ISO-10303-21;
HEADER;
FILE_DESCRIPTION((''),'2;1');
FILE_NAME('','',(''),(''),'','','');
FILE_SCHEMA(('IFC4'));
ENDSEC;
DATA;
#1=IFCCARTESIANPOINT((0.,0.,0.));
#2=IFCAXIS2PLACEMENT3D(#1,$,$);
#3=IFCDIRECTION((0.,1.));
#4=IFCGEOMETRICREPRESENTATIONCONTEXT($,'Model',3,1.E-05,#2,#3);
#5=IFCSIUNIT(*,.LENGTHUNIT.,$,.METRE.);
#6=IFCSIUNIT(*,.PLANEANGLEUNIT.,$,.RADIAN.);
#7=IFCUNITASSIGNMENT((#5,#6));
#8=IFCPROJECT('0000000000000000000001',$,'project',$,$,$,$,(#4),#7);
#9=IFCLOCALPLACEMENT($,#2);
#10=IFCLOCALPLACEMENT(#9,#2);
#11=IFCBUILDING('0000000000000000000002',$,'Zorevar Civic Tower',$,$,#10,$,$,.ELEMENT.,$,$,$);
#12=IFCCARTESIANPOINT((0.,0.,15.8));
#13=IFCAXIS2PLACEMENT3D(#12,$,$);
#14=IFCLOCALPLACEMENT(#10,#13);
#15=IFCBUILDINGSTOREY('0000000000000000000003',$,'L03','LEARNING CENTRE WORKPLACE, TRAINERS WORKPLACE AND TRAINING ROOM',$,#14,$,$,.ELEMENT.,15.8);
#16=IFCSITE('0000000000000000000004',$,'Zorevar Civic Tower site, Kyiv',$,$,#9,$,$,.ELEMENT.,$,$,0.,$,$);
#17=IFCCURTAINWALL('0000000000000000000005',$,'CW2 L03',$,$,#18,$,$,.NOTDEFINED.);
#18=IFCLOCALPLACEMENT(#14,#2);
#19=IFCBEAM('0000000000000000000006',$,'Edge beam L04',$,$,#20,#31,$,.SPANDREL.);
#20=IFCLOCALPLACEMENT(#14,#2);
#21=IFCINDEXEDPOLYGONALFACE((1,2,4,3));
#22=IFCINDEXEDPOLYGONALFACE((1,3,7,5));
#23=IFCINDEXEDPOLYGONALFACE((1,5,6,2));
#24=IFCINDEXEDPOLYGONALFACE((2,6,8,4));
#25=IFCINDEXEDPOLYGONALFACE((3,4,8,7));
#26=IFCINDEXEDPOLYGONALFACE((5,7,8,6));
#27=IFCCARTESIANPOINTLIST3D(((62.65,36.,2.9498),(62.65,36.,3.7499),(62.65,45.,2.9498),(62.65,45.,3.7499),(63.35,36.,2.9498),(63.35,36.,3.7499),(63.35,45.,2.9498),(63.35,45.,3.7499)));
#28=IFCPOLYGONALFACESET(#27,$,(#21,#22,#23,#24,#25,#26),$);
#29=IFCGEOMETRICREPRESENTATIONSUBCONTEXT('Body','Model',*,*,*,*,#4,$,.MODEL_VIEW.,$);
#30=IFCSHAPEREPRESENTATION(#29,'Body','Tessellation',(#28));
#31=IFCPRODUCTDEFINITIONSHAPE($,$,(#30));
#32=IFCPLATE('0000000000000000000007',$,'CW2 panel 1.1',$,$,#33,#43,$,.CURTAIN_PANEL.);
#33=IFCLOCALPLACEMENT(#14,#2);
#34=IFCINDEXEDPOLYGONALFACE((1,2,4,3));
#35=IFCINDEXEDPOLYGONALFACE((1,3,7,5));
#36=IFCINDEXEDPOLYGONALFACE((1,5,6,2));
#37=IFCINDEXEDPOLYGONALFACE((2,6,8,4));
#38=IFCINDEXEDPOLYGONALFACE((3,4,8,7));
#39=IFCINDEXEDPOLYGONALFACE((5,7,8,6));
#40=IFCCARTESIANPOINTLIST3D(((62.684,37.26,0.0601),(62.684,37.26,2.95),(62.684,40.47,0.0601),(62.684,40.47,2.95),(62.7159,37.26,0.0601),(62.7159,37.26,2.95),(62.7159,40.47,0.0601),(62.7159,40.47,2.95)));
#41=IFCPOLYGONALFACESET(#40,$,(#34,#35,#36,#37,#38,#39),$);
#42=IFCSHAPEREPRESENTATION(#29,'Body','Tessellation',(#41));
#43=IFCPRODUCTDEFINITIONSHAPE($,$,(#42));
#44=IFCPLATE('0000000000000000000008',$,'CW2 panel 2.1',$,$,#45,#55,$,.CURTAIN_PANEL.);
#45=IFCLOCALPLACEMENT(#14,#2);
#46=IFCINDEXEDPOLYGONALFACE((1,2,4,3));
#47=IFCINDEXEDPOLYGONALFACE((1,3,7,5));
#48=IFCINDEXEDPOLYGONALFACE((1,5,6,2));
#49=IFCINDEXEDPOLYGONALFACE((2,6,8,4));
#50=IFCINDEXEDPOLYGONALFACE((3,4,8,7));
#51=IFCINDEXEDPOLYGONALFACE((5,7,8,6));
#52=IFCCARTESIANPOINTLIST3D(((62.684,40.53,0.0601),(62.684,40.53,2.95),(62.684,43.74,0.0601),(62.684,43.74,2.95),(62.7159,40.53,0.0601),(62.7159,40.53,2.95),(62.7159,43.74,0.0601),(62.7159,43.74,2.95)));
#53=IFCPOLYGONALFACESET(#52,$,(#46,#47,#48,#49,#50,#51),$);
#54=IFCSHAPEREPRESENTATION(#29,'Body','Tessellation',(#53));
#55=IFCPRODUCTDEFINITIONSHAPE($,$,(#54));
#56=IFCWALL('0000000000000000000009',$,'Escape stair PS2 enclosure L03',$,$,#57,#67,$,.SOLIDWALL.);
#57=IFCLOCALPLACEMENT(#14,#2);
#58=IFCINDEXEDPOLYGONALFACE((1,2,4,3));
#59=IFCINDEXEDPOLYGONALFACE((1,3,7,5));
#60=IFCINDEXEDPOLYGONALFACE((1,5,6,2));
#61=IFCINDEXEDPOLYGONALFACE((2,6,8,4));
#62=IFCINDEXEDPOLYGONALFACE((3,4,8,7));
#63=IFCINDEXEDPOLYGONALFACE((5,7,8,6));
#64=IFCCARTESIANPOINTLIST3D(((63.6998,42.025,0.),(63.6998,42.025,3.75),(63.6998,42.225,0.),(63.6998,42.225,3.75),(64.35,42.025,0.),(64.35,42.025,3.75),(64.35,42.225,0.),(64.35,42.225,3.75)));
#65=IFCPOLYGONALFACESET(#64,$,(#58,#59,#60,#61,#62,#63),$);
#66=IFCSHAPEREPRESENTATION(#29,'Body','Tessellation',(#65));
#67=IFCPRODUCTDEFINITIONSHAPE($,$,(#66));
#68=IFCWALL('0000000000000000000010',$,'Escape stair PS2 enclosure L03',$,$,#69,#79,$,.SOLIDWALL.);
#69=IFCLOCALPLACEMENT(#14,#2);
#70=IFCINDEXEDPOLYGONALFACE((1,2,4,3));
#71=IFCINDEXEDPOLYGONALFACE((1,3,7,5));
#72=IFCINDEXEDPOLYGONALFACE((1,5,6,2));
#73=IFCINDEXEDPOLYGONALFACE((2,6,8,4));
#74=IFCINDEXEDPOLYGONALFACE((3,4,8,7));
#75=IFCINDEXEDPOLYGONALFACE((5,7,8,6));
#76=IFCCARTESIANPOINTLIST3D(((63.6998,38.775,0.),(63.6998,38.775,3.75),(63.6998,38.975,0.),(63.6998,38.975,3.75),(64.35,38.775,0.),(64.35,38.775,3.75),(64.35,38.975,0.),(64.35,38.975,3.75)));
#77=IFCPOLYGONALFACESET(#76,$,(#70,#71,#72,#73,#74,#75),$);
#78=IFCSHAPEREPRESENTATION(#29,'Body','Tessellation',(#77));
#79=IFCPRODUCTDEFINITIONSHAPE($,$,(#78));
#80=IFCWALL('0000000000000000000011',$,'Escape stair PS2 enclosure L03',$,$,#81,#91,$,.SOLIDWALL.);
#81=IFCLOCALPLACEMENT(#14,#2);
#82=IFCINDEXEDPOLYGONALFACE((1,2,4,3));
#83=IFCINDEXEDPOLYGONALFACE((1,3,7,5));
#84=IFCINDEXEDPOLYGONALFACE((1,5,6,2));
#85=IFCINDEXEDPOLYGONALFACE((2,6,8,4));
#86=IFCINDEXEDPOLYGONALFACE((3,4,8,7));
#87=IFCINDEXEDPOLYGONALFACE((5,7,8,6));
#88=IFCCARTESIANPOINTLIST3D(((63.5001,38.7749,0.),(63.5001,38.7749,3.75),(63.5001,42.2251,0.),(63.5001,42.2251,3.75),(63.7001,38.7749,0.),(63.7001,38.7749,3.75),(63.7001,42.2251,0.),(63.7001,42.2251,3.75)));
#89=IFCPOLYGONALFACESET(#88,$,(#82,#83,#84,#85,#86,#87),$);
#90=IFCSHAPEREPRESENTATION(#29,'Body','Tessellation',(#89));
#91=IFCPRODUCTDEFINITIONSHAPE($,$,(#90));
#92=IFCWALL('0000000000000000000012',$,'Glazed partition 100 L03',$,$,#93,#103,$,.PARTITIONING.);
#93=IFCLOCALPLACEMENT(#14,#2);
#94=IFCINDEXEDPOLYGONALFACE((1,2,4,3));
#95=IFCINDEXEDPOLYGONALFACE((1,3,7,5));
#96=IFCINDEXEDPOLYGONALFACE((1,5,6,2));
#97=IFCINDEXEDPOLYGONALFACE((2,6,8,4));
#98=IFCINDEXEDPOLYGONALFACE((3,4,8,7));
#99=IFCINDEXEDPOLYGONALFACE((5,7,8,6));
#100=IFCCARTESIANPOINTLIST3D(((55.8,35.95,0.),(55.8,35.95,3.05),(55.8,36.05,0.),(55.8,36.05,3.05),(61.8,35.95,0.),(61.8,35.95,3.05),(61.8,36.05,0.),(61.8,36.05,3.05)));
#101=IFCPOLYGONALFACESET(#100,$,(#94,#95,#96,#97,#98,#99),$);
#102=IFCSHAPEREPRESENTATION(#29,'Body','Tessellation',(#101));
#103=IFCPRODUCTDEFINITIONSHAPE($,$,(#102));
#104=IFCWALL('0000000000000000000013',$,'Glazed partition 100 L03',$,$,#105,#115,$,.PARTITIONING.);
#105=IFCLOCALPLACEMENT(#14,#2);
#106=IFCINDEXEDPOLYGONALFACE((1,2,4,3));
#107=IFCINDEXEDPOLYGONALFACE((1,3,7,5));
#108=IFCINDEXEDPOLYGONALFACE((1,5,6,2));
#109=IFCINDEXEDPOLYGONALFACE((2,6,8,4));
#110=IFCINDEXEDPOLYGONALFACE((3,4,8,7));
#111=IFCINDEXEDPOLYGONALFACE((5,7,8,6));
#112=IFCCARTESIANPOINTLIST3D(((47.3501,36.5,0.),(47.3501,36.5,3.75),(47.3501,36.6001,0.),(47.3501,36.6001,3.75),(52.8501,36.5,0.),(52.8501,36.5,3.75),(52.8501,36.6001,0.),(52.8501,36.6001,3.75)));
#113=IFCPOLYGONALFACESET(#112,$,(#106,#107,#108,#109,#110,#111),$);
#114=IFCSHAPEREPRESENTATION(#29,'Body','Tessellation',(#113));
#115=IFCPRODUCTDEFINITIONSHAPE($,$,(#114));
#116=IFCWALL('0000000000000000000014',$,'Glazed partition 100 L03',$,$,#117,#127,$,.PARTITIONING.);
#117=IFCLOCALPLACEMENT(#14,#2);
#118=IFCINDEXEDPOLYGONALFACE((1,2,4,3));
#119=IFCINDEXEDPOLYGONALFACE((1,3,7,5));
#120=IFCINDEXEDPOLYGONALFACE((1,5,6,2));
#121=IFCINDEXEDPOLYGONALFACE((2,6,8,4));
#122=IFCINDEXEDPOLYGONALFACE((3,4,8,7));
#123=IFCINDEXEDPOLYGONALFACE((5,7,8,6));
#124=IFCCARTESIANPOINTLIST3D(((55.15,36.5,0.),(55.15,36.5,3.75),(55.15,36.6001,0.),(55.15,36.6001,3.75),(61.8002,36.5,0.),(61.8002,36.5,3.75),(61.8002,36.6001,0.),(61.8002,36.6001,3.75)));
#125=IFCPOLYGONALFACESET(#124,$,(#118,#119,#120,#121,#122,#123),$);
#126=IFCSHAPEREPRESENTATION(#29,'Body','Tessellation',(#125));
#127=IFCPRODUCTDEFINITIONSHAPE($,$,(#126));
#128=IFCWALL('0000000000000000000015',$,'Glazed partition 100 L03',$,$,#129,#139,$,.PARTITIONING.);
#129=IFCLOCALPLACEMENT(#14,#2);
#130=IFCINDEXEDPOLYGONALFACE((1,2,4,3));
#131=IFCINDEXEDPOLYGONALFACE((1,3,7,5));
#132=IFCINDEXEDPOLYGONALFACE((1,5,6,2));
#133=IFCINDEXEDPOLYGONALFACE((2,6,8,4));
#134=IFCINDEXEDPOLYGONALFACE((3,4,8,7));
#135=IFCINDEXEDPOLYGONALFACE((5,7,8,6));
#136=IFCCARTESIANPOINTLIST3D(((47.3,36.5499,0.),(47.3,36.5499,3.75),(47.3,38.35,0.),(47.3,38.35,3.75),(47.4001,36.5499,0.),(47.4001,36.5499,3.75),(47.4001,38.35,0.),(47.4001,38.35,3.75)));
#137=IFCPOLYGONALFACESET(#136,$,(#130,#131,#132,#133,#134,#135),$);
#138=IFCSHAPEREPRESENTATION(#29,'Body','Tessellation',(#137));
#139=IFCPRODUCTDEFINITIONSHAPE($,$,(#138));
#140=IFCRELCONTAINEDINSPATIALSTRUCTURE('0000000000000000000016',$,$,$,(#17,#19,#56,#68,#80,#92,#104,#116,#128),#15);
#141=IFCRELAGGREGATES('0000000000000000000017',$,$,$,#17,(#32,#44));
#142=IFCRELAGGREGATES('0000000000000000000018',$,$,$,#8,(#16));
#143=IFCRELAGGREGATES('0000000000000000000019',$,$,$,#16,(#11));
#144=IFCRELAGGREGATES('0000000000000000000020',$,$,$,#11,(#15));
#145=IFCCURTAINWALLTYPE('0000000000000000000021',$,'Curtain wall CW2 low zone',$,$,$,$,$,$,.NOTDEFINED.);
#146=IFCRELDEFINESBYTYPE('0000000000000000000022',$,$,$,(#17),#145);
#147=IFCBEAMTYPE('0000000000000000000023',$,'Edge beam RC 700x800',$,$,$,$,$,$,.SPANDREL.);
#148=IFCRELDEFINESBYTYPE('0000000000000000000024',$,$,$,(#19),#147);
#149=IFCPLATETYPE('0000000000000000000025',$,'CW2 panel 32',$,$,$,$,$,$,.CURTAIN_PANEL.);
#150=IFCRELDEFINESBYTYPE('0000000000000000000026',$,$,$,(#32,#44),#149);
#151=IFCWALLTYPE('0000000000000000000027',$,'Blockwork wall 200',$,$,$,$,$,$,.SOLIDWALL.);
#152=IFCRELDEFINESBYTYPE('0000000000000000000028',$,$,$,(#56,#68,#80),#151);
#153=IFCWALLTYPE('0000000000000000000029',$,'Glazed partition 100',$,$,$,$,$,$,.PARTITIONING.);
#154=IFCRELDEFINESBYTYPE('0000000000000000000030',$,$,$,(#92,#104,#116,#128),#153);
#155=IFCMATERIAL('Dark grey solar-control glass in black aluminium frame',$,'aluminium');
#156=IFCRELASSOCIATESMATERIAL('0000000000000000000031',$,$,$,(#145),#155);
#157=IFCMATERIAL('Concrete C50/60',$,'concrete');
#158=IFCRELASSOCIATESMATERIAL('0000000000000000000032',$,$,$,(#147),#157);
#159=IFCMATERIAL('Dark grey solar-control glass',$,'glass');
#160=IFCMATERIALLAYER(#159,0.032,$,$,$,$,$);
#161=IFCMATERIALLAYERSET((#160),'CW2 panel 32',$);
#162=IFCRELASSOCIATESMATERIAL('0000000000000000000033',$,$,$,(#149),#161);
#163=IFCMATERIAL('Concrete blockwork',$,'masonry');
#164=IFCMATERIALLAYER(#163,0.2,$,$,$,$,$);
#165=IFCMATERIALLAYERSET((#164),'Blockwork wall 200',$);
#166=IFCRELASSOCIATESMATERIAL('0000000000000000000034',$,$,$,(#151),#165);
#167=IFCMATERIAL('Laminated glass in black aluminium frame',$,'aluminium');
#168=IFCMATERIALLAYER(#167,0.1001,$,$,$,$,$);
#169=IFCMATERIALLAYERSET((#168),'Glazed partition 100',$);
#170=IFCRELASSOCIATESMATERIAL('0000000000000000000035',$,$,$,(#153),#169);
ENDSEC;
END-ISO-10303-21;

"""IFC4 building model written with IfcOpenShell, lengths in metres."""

from ifc_helpers import new_model, si_unit, direction, frame, frame_2d, origin, origin_2d, place, context, subcontext, project, spatial, rectangle, extrude, material, layer, layer_set, material_profile, profile_set, type_object, element, aggregate, save


model = new_model("IFC4")

# Units and contexts
model_context = context("Model", 3, precision=1e-05, world=origin(), true_north=direction((0.0, 1.0)))
body_context = subcontext(model_context, "Body", "Model", "MODEL_VIEW")
ifc_project = project(units=[si_unit("LENGTHUNIT", "METRE"), si_unit("PLANEANGLEUNIT", "RADIAN")], contexts=[model_context])

# Site, building, storey
site_placement = place(None, origin())
site = spatial("IfcSite", under=ifc_project, at=site_placement, Name="Zorevar Civic Tower site, Kyiv", CompositionType="ELEMENT", RefElevation=0.0)
building_placement = place(site_placement, origin())
building = spatial("IfcBuilding", under=site, at=building_placement, Name="Zorevar Civic Tower", CompositionType="ELEMENT")
storey_placement = place(building_placement, frame((0.0, 0.0, 15.8)))
storey = spatial("IfcBuildingStorey", under=building, at=storey_placement, Name="L03", Description="LEARNING CENTRE WORKPLACE, TRAINERS WORKPLACE AND TRAINING ROOM", CompositionType="ELEMENT", Elevation=15.8)

# Curtain wall
ifc_material_1 = material(Name="Dark grey solar-control glass in black aluminium frame", Category="aluminium")
curtain_wall_type = type_object("IfcCurtainWallType", Name="Curtain wall CW2 low zone", PredefinedType="NOTDEFINED", material=ifc_material_1)
curtain_wall_placement = place(storey_placement, origin())
curtain_wall = element("IfcCurtainWall", 1, at=curtain_wall_placement, inside=storey, type_object=curtain_wall_type, Name="CW2 L03", PredefinedType="NOTDEFINED")

# Beam
ifc_material_2 = material(Name="Concrete C50/60", Category="concrete")
ifc_material_profile_1 = material_profile(ifc_material_2, rectangle(XDim=0.7, YDim=0.8, at=origin_2d()), Name="RC 700x800")
ifc_profile_set_1 = profile_set([ifc_material_profile_1], Name="Concrete C50/60")
beam_type_1 = type_object("IfcBeamType", Name="Edge beam RC 700x800", PredefinedType="SPANDREL", material=ifc_profile_set_1)
for number, where, z_axis, x_axis, name in (
    (2, (63.0, 36.0, 3.3499), (0.0, 1.0, 0.0), (-1.0, 0.0, 0.0), "Edge beam L04"),
):
    element("IfcBeam", number, at=place(storey_placement, frame(where, z_axis=z_axis, x_axis=x_axis)), inside=storey, type_object=beam_type_1, Name=name, PredefinedType="SPANDREL", context=body_context, shape_type="SweptSolid", body=[
        extrude(rectangle(XDim=0.7, YDim=0.8, at=origin_2d()), origin(), (0.0, 0.0, 1.0), 9.0),
    ])

# Plates
ifc_material_3 = material(Name="Dark grey solar-control glass", Category="glass")
ifc_layer_1 = layer(ifc_material_3, 0.032)
ifc_layer_set_1 = layer_set([ifc_layer_1], Name="CW2 panel 32")
plate_type = type_object("IfcPlateType", Name="CW2 panel 32", PredefinedType="CURTAIN_PANEL", material=ifc_layer_set_1)
plate_1_placement = place(storey_placement, frame((62.7, 38.865, 0.0601), z_axis=(0.0, 0.0, 1.0), x_axis=(0.0, 1.0, 0.0)))
plate_1 = element("IfcPlate", 3, at=plate_1_placement, type_object=plate_type, Name="CW2 panel 1.1", PredefinedType="CURTAIN_PANEL", context=body_context, shape_type="SweptSolid", body=[
    extrude(rectangle(XDim=3.21, YDim=0.032, at=origin_2d()), origin(), (0.0, 0.0, 1.0), 2.8899),
])
plate_2_placement = place(storey_placement, frame((62.7, 42.135, 0.0601), z_axis=(0.0, 0.0, 1.0), x_axis=(0.0, 1.0, 0.0)))
plate_2 = element("IfcPlate", 4, at=plate_2_placement, type_object=plate_type, Name="CW2 panel 2.1", PredefinedType="CURTAIN_PANEL", context=body_context, shape_type="SweptSolid", body=[
    extrude(rectangle(XDim=3.21, YDim=0.032, at=origin_2d()), origin(), (0.0, 0.0, 1.0), 2.8899),
])
aggregate(curtain_wall, [plate_1, plate_2])

# Walls
ifc_material_4 = material(Name="Concrete blockwork", Category="masonry")
ifc_layer_2 = layer(ifc_material_4, 0.2)
ifc_layer_set_2 = layer_set([ifc_layer_2], Name="Blockwork wall 200")
wall_type_1 = type_object("IfcWallType", Name="Blockwork wall 200", PredefinedType="SOLIDWALL", material=ifc_layer_set_2)
for number, where, z_axis, x_axis, name in (
    (5, (64.3501, 42.125, 0.0), (0.0, 0.0, 1.0), (-1.0, 0.0, 0.0), "Escape stair PS2 enclosure L03"),
    (6, (64.3501, 38.875, 0.0), (0.0, 0.0, 1.0), (-1.0, 0.0, 0.0), "Escape stair PS2 enclosure L03"),
):
    element("IfcWall", number, at=place(storey_placement, frame(where, z_axis=z_axis, x_axis=x_axis)), inside=storey, type_object=wall_type_1, Name=name, PredefinedType="SOLIDWALL", context=body_context, shape_type="SweptSolid", body=[
        extrude(rectangle(XDim=0.6501, YDim=0.2, at=frame_2d((0.3252, 0.0))), origin(), (0.0, 0.0, 1.0), 3.75),
    ])
wall_1_placement = place(storey_placement, frame((63.6001, 42.2251, 0.0), z_axis=(0.0, 0.0, 1.0), x_axis=(0.0, -1.0, 0.0)))
element("IfcWall", 7, at=wall_1_placement, inside=storey, type_object=wall_type_1, Name="Escape stair PS2 enclosure L03", PredefinedType="SOLIDWALL", context=body_context, shape_type="SweptSolid", body=[
    extrude(rectangle(XDim=3.4502, YDim=0.2, at=frame_2d((1.7251, 0.0))), origin(), (0.0, 0.0, 1.0), 3.75),
])
ifc_material_5 = material(Name="Laminated glass in black aluminium frame", Category="aluminium")
ifc_layer_3 = layer(ifc_material_5, 0.1001)
ifc_layer_set_3 = layer_set([ifc_layer_3], Name="Glazed partition 100")
wall_type_2 = type_object("IfcWallType", Name="Glazed partition 100", PredefinedType="PARTITIONING", material=ifc_layer_set_3)
wall_2_placement = place(storey_placement, frame((55.8, 36.0, 0.0), z_axis=(0.0, 0.0, 1.0), x_axis=(1.0, 0.0, 0.0)))
element("IfcWall", 8, at=wall_2_placement, inside=storey, type_object=wall_type_2, Name="Glazed partition 100 L03", PredefinedType="PARTITIONING", context=body_context, shape_type="SweptSolid", body=[
    extrude(rectangle(XDim=6.0, YDim=0.1001, at=frame_2d((3.0, 0.0))), origin(), (0.0, 0.0, 1.0), 3.05),
])
wall_3_placement = place(storey_placement, frame((47.3501, 36.55, 0.0), z_axis=(0.0, 0.0, 1.0), x_axis=(1.0, 0.0, 0.0)))
element("IfcWall", 9, at=wall_3_placement, inside=storey, type_object=wall_type_2, Name="Glazed partition 100 L03", PredefinedType="PARTITIONING", context=body_context, shape_type="SweptSolid", body=[
    extrude(rectangle(XDim=5.5, YDim=0.1001, at=frame_2d((2.75, 0.0))), origin(), (0.0, 0.0, 1.0), 3.75),
])
wall_4_placement = place(storey_placement, frame((55.1499, 36.55, 0.0), z_axis=(0.0, 0.0, 1.0), x_axis=(1.0, 0.0, 0.0)))
element("IfcWall", 10, at=wall_4_placement, inside=storey, type_object=wall_type_2, Name="Glazed partition 100 L03", PredefinedType="PARTITIONING", context=body_context, shape_type="SweptSolid", body=[
    extrude(rectangle(XDim=6.6501, YDim=0.1001, at=frame_2d((3.3252, 0.0))), origin(), (0.0, 0.0, 1.0), 3.75),
])
wall_5_placement = place(storey_placement, frame((47.3501, 36.55, 0.0), z_axis=(0.0, 0.0, 1.0), x_axis=(0.0, 1.0, 0.0)))
element("IfcWall", 11, at=wall_5_placement, inside=storey, type_object=wall_type_2, Name="Glazed partition 100 L03", PredefinedType="PARTITIONING", context=body_context, shape_type="SweptSolid", body=[
    extrude(rectangle(XDim=1.8, YDim=0.1001, at=frame_2d((0.8999, 0.0))), origin(), (0.0, 0.0, 1.0), 3.75),
])

save(model, "model.ifc")
